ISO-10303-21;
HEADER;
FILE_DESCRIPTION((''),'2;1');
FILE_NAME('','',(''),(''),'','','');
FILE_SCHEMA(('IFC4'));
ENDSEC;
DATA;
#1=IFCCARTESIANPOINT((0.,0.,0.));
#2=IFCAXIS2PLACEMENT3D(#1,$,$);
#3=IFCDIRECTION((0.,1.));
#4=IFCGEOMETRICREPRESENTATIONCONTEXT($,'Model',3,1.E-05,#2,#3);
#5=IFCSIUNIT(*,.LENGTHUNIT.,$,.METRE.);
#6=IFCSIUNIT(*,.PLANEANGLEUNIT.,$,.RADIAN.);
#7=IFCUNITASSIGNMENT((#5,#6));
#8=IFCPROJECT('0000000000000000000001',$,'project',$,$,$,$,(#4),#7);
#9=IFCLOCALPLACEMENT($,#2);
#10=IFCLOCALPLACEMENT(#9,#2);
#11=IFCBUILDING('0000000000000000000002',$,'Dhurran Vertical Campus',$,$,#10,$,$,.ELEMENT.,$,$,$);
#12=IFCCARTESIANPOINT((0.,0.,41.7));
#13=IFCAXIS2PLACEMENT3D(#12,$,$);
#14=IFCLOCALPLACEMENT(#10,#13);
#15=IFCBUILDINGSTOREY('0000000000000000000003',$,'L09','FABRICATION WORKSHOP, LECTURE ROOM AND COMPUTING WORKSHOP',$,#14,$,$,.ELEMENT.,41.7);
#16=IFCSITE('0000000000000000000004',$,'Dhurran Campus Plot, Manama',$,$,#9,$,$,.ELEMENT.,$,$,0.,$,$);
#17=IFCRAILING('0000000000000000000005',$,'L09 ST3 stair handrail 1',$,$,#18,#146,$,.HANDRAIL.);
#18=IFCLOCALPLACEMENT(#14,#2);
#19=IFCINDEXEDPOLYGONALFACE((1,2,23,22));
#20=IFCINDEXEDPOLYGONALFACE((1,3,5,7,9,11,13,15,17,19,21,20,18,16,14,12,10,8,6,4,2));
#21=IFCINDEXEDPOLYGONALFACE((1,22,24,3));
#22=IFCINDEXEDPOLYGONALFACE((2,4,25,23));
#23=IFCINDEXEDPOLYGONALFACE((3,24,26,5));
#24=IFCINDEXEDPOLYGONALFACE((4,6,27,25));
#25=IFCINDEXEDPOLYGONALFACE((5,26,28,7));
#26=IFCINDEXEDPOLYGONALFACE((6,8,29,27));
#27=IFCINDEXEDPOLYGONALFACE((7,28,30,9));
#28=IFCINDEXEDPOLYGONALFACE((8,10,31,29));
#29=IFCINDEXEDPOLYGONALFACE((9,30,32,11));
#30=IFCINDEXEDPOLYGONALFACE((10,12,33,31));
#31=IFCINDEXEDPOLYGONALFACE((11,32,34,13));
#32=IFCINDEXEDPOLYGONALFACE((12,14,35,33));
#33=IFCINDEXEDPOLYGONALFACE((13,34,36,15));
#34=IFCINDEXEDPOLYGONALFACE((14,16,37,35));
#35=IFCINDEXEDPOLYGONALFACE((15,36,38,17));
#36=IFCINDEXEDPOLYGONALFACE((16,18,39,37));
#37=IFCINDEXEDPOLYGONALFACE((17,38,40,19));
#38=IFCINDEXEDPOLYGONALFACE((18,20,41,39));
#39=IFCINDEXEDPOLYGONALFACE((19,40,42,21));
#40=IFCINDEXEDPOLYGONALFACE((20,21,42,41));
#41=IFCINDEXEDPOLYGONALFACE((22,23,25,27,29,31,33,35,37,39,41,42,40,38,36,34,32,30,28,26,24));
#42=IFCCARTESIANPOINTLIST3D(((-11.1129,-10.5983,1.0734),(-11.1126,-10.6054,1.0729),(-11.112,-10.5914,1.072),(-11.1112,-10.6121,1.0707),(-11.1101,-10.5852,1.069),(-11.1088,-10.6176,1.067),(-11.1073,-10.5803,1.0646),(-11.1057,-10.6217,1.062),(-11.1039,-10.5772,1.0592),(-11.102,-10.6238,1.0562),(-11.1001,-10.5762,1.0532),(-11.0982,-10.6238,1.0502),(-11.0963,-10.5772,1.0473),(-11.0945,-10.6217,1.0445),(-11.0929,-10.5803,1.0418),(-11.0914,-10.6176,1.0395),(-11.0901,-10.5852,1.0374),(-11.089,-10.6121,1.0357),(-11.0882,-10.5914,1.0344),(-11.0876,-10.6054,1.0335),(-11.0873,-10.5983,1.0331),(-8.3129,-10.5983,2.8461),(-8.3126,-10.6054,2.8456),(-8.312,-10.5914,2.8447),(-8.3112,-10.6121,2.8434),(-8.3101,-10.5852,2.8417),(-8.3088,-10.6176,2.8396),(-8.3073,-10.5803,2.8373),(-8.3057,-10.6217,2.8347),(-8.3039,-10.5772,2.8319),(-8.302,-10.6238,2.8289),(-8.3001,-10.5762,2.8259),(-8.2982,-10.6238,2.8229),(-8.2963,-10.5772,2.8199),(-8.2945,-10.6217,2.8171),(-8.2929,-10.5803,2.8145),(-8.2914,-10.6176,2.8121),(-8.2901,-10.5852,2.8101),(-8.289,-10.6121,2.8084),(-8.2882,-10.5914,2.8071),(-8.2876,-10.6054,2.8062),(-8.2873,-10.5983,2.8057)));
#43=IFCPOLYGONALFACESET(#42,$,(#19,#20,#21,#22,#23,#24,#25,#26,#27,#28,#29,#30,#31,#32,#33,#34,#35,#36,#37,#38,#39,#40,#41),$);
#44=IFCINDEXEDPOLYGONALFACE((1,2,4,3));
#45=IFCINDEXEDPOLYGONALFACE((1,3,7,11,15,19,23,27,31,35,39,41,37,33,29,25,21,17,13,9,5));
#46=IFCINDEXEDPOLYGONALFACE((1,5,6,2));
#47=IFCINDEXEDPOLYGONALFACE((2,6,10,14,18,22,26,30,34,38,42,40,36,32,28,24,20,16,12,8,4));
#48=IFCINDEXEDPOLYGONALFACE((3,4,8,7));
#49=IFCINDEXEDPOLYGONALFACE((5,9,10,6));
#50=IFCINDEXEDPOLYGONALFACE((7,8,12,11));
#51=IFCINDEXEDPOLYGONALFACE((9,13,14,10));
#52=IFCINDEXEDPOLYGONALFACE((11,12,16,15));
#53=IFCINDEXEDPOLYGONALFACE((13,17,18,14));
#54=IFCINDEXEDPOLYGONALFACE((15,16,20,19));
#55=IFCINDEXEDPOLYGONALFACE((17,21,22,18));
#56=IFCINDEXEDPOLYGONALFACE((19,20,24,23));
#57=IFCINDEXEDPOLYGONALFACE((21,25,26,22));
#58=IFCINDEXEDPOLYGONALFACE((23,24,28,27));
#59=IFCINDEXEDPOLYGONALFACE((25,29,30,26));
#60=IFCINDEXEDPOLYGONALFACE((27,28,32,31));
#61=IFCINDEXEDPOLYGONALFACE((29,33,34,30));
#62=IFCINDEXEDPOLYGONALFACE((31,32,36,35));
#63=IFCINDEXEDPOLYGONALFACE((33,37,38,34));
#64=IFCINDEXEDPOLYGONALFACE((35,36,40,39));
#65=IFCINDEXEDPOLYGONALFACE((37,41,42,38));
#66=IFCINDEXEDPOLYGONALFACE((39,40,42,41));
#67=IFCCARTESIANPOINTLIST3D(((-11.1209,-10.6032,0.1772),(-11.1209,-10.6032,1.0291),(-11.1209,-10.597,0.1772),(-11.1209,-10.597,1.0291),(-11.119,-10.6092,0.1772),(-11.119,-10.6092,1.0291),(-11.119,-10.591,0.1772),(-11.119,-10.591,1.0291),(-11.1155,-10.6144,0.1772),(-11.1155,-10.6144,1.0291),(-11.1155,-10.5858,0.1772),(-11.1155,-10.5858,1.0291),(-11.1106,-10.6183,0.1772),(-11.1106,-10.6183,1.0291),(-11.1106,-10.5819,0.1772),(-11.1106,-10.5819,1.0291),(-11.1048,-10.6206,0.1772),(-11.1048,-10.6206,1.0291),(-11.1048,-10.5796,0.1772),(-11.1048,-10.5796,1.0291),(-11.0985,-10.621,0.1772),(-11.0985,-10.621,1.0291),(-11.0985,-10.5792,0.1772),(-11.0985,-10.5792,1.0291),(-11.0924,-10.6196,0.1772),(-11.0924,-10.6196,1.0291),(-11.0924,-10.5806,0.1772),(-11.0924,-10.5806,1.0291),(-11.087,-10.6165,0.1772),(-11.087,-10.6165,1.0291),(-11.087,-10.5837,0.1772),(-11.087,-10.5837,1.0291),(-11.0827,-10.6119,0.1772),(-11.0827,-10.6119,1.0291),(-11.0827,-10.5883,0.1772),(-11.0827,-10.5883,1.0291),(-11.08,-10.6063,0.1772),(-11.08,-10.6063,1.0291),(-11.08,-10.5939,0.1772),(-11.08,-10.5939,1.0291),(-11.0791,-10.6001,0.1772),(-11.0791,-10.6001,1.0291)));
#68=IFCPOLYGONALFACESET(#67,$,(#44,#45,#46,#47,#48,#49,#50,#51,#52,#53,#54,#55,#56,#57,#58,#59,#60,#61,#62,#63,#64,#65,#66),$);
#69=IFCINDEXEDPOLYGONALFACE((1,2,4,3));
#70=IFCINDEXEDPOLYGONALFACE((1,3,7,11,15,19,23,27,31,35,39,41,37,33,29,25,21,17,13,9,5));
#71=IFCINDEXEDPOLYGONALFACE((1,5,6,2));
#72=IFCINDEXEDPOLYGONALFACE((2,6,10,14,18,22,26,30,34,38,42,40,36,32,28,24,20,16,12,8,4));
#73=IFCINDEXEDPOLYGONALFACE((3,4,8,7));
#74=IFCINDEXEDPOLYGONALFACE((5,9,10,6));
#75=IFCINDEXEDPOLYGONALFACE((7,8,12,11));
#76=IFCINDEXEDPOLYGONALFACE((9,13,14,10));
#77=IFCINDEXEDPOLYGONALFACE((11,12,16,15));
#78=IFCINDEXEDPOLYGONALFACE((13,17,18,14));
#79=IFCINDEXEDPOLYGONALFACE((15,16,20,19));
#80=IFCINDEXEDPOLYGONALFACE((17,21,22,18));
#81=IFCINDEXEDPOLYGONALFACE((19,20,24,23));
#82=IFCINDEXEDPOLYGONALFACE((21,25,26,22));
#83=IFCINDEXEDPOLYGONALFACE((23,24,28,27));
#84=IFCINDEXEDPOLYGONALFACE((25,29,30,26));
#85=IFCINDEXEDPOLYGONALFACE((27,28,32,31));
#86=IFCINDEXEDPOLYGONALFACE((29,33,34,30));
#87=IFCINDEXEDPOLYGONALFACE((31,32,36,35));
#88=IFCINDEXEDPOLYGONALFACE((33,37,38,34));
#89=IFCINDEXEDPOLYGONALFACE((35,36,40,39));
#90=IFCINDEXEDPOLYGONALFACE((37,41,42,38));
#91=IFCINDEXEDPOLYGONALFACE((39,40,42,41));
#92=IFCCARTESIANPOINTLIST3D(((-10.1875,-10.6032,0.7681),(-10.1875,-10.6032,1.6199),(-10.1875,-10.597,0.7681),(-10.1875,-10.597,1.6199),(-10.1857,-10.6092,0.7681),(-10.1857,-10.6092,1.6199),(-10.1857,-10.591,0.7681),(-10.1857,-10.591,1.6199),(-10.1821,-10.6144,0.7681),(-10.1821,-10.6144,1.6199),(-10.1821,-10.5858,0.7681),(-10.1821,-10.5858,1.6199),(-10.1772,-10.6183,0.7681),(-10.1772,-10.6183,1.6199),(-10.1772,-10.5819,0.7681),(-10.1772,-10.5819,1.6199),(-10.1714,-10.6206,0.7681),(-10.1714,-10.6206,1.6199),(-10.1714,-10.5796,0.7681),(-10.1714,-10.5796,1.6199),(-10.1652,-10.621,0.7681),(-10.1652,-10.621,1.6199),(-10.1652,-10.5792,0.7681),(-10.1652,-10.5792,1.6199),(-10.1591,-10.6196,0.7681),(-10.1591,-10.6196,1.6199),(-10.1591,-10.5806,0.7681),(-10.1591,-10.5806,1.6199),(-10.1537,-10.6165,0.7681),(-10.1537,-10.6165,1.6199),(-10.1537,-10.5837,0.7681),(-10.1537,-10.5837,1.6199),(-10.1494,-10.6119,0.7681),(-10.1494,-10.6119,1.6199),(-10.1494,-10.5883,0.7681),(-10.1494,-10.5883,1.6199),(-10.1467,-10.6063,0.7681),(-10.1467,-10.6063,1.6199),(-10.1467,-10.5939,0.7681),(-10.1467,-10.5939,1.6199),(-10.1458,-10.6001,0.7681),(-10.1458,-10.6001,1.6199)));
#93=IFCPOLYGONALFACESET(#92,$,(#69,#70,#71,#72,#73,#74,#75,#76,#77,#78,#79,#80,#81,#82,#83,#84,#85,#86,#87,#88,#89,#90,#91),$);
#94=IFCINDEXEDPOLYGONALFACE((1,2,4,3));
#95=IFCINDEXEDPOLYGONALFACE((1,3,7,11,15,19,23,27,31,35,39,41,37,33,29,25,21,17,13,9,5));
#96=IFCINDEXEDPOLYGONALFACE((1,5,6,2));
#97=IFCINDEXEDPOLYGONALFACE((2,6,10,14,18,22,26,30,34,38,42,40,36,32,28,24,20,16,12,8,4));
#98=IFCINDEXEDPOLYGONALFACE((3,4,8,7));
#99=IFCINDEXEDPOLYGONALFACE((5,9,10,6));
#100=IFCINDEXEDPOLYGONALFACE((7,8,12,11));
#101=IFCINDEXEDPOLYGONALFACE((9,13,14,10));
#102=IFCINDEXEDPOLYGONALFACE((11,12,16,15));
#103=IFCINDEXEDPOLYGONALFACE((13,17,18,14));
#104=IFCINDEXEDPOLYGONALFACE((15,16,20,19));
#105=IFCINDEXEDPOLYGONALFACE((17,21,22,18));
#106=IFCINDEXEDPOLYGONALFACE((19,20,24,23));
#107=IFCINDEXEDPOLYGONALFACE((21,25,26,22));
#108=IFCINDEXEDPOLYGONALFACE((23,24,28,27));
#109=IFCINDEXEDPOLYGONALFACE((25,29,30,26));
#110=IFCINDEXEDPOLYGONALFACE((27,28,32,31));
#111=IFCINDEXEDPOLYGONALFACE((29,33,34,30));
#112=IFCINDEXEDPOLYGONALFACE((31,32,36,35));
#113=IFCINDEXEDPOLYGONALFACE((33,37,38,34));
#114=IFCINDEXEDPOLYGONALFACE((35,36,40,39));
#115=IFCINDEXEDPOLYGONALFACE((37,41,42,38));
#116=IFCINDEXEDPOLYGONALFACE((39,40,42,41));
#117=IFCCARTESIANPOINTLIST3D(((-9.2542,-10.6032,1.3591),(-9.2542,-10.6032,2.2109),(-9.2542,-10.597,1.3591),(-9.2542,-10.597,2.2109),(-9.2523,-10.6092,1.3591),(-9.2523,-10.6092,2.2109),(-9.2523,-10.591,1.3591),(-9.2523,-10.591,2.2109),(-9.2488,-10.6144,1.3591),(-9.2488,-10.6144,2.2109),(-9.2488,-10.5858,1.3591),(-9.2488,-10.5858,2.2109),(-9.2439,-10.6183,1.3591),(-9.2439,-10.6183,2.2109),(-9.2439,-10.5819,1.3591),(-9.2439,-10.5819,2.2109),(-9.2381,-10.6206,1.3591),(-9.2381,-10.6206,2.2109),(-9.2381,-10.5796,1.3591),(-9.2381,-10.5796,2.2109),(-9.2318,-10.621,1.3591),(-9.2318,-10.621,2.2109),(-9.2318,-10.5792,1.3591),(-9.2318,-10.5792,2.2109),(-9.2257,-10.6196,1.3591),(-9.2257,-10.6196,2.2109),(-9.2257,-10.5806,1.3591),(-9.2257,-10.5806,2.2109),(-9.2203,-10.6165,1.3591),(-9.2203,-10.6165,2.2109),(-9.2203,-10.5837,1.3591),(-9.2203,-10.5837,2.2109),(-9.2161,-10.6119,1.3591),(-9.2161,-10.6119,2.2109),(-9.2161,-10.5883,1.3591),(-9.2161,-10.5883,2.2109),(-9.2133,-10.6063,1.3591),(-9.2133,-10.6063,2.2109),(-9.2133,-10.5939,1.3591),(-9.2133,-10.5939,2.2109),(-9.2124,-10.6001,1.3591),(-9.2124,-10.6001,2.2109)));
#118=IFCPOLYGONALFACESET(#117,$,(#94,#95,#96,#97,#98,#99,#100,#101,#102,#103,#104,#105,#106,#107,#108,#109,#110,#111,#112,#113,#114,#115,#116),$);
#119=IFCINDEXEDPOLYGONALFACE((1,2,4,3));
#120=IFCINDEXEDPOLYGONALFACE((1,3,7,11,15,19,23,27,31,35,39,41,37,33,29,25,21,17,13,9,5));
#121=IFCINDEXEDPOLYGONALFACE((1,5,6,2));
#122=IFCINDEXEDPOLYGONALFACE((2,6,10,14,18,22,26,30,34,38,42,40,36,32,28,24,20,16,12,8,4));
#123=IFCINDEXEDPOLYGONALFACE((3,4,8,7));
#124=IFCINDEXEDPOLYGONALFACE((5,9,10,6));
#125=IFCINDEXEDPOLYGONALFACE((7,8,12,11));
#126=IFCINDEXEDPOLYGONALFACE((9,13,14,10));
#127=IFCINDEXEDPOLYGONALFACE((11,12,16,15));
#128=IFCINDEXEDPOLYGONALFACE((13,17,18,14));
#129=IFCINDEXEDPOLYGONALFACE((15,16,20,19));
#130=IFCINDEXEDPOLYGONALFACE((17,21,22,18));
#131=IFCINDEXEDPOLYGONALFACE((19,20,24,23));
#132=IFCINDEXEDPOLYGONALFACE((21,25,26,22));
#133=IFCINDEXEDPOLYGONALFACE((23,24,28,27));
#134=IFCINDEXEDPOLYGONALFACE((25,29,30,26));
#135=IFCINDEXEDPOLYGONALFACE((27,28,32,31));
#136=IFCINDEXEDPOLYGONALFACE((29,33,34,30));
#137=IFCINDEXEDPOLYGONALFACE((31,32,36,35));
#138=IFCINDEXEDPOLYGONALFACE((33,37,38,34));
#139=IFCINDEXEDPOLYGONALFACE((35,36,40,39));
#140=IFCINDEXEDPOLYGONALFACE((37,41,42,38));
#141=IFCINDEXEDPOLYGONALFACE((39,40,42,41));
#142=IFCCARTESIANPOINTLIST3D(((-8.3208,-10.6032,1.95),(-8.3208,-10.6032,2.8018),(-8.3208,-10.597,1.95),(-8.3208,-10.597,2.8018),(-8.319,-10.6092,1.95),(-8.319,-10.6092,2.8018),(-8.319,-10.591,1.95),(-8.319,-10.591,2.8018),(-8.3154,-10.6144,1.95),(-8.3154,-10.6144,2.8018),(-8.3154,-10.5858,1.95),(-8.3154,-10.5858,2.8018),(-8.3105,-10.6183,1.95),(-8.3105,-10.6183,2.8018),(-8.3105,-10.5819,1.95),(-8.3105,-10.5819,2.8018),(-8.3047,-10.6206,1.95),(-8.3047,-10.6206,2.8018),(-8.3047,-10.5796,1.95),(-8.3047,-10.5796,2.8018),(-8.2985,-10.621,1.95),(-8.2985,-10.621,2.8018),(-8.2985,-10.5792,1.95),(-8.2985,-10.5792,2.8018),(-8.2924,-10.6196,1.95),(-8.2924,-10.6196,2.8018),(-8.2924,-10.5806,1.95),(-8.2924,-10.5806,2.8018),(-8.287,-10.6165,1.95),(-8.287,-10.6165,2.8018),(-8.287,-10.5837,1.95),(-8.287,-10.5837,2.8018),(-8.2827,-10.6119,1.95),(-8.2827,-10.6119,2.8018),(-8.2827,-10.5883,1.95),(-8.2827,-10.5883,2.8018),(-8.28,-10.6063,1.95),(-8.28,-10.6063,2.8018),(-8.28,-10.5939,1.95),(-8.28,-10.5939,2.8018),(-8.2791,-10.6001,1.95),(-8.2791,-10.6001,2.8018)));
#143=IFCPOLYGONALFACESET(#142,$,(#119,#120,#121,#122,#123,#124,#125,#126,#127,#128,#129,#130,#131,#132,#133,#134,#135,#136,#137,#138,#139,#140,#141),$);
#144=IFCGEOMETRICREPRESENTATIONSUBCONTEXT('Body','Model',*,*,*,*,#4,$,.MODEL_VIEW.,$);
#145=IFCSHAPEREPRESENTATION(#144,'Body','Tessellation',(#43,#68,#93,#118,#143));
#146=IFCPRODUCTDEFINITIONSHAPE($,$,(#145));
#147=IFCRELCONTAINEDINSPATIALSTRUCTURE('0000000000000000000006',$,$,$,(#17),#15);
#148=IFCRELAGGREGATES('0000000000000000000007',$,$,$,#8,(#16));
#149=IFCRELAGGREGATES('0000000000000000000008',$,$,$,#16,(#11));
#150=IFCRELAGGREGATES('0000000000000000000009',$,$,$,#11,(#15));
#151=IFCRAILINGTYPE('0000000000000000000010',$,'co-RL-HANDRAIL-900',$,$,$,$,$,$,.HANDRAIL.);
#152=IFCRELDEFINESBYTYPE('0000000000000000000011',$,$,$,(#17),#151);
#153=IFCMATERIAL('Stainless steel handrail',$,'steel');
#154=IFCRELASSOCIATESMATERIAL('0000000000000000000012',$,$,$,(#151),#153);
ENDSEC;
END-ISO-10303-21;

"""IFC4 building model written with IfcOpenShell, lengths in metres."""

from ifc_helpers import new_model, si_unit, direction, frame, origin, origin_2d, place, context, subcontext, project, spatial, circle, extrude, material, type_object, element, save


model = new_model("IFC4")

# Units and contexts
model_context = context("Model", 3, precision=1e-05, world=origin(), true_north=direction((0.0, 1.0)))
body_context = subcontext(model_context, "Body", "Model", "MODEL_VIEW")
ifc_project = project(units=[si_unit("LENGTHUNIT", "METRE"), si_unit("PLANEANGLEUNIT", "RADIAN")], contexts=[model_context])

# Site, building, storey
site_placement = place(None, origin())
site = spatial("IfcSite", under=ifc_project, at=site_placement, Name="Dhurran Campus Plot, Manama", CompositionType="ELEMENT", RefElevation=0.0)
building_placement = place(site_placement, origin())
building = spatial("IfcBuilding", under=site, at=building_placement, Name="Dhurran Vertical Campus", CompositionType="ELEMENT")
storey_placement = place(building_placement, frame((0.0, 0.0, 41.7)))
storey = spatial("IfcBuildingStorey", under=building, at=storey_placement, Name="L09", Description="FABRICATION WORKSHOP, LECTURE ROOM AND COMPUTING WORKSHOP", CompositionType="ELEMENT", Elevation=41.7)

# Railing
ifc_material_1 = material(Name="Stainless steel handrail", Category="steel")
railing_type_1 = type_object("IfcRailingType", Name="co-RL-HANDRAIL-900", PredefinedType="HANDRAIL", material=ifc_material_1)
railing_1_placement = place(storey_placement, frame((-11.1001, -10.6001, 0.1772)))
element("IfcRailing", 1, at=railing_1_placement, inside=storey, type_object=railing_type_1, Name="L09 ST3 stair handrail 1", PredefinedType="HANDRAIL", context=body_context, shape_type="SweptSolid", body=[
    extrude(circle(Radius=0.0239, at=origin_2d()), frame((0.0, 0.0, 0.876), z_axis=(0.844909, 0.0, 0.53491), x_axis=(0.0, 1.0, 0.0)), (0.0, 0.0, 1.0), 3.314),
    extrude(circle(Radius=0.021, at=origin_2d()), origin(), (0.0, 0.0, 1.0), 0.8518),
    extrude(circle(Radius=0.021, at=origin_2d()), frame((0.9333, 0.0, 0.5908)), (0.0, 0.0, 1.0), 0.8518),
    extrude(circle(Radius=0.021, at=origin_2d()), frame((1.8667, 0.0, 1.1819)), (0.0, 0.0, 1.0), 0.8518),
    extrude(circle(Radius=0.021, at=origin_2d()), frame((2.8, 0.0, 1.7727)), (0.0, 0.0, 1.0), 0.8518),
])

save(model, "model.ifc")
